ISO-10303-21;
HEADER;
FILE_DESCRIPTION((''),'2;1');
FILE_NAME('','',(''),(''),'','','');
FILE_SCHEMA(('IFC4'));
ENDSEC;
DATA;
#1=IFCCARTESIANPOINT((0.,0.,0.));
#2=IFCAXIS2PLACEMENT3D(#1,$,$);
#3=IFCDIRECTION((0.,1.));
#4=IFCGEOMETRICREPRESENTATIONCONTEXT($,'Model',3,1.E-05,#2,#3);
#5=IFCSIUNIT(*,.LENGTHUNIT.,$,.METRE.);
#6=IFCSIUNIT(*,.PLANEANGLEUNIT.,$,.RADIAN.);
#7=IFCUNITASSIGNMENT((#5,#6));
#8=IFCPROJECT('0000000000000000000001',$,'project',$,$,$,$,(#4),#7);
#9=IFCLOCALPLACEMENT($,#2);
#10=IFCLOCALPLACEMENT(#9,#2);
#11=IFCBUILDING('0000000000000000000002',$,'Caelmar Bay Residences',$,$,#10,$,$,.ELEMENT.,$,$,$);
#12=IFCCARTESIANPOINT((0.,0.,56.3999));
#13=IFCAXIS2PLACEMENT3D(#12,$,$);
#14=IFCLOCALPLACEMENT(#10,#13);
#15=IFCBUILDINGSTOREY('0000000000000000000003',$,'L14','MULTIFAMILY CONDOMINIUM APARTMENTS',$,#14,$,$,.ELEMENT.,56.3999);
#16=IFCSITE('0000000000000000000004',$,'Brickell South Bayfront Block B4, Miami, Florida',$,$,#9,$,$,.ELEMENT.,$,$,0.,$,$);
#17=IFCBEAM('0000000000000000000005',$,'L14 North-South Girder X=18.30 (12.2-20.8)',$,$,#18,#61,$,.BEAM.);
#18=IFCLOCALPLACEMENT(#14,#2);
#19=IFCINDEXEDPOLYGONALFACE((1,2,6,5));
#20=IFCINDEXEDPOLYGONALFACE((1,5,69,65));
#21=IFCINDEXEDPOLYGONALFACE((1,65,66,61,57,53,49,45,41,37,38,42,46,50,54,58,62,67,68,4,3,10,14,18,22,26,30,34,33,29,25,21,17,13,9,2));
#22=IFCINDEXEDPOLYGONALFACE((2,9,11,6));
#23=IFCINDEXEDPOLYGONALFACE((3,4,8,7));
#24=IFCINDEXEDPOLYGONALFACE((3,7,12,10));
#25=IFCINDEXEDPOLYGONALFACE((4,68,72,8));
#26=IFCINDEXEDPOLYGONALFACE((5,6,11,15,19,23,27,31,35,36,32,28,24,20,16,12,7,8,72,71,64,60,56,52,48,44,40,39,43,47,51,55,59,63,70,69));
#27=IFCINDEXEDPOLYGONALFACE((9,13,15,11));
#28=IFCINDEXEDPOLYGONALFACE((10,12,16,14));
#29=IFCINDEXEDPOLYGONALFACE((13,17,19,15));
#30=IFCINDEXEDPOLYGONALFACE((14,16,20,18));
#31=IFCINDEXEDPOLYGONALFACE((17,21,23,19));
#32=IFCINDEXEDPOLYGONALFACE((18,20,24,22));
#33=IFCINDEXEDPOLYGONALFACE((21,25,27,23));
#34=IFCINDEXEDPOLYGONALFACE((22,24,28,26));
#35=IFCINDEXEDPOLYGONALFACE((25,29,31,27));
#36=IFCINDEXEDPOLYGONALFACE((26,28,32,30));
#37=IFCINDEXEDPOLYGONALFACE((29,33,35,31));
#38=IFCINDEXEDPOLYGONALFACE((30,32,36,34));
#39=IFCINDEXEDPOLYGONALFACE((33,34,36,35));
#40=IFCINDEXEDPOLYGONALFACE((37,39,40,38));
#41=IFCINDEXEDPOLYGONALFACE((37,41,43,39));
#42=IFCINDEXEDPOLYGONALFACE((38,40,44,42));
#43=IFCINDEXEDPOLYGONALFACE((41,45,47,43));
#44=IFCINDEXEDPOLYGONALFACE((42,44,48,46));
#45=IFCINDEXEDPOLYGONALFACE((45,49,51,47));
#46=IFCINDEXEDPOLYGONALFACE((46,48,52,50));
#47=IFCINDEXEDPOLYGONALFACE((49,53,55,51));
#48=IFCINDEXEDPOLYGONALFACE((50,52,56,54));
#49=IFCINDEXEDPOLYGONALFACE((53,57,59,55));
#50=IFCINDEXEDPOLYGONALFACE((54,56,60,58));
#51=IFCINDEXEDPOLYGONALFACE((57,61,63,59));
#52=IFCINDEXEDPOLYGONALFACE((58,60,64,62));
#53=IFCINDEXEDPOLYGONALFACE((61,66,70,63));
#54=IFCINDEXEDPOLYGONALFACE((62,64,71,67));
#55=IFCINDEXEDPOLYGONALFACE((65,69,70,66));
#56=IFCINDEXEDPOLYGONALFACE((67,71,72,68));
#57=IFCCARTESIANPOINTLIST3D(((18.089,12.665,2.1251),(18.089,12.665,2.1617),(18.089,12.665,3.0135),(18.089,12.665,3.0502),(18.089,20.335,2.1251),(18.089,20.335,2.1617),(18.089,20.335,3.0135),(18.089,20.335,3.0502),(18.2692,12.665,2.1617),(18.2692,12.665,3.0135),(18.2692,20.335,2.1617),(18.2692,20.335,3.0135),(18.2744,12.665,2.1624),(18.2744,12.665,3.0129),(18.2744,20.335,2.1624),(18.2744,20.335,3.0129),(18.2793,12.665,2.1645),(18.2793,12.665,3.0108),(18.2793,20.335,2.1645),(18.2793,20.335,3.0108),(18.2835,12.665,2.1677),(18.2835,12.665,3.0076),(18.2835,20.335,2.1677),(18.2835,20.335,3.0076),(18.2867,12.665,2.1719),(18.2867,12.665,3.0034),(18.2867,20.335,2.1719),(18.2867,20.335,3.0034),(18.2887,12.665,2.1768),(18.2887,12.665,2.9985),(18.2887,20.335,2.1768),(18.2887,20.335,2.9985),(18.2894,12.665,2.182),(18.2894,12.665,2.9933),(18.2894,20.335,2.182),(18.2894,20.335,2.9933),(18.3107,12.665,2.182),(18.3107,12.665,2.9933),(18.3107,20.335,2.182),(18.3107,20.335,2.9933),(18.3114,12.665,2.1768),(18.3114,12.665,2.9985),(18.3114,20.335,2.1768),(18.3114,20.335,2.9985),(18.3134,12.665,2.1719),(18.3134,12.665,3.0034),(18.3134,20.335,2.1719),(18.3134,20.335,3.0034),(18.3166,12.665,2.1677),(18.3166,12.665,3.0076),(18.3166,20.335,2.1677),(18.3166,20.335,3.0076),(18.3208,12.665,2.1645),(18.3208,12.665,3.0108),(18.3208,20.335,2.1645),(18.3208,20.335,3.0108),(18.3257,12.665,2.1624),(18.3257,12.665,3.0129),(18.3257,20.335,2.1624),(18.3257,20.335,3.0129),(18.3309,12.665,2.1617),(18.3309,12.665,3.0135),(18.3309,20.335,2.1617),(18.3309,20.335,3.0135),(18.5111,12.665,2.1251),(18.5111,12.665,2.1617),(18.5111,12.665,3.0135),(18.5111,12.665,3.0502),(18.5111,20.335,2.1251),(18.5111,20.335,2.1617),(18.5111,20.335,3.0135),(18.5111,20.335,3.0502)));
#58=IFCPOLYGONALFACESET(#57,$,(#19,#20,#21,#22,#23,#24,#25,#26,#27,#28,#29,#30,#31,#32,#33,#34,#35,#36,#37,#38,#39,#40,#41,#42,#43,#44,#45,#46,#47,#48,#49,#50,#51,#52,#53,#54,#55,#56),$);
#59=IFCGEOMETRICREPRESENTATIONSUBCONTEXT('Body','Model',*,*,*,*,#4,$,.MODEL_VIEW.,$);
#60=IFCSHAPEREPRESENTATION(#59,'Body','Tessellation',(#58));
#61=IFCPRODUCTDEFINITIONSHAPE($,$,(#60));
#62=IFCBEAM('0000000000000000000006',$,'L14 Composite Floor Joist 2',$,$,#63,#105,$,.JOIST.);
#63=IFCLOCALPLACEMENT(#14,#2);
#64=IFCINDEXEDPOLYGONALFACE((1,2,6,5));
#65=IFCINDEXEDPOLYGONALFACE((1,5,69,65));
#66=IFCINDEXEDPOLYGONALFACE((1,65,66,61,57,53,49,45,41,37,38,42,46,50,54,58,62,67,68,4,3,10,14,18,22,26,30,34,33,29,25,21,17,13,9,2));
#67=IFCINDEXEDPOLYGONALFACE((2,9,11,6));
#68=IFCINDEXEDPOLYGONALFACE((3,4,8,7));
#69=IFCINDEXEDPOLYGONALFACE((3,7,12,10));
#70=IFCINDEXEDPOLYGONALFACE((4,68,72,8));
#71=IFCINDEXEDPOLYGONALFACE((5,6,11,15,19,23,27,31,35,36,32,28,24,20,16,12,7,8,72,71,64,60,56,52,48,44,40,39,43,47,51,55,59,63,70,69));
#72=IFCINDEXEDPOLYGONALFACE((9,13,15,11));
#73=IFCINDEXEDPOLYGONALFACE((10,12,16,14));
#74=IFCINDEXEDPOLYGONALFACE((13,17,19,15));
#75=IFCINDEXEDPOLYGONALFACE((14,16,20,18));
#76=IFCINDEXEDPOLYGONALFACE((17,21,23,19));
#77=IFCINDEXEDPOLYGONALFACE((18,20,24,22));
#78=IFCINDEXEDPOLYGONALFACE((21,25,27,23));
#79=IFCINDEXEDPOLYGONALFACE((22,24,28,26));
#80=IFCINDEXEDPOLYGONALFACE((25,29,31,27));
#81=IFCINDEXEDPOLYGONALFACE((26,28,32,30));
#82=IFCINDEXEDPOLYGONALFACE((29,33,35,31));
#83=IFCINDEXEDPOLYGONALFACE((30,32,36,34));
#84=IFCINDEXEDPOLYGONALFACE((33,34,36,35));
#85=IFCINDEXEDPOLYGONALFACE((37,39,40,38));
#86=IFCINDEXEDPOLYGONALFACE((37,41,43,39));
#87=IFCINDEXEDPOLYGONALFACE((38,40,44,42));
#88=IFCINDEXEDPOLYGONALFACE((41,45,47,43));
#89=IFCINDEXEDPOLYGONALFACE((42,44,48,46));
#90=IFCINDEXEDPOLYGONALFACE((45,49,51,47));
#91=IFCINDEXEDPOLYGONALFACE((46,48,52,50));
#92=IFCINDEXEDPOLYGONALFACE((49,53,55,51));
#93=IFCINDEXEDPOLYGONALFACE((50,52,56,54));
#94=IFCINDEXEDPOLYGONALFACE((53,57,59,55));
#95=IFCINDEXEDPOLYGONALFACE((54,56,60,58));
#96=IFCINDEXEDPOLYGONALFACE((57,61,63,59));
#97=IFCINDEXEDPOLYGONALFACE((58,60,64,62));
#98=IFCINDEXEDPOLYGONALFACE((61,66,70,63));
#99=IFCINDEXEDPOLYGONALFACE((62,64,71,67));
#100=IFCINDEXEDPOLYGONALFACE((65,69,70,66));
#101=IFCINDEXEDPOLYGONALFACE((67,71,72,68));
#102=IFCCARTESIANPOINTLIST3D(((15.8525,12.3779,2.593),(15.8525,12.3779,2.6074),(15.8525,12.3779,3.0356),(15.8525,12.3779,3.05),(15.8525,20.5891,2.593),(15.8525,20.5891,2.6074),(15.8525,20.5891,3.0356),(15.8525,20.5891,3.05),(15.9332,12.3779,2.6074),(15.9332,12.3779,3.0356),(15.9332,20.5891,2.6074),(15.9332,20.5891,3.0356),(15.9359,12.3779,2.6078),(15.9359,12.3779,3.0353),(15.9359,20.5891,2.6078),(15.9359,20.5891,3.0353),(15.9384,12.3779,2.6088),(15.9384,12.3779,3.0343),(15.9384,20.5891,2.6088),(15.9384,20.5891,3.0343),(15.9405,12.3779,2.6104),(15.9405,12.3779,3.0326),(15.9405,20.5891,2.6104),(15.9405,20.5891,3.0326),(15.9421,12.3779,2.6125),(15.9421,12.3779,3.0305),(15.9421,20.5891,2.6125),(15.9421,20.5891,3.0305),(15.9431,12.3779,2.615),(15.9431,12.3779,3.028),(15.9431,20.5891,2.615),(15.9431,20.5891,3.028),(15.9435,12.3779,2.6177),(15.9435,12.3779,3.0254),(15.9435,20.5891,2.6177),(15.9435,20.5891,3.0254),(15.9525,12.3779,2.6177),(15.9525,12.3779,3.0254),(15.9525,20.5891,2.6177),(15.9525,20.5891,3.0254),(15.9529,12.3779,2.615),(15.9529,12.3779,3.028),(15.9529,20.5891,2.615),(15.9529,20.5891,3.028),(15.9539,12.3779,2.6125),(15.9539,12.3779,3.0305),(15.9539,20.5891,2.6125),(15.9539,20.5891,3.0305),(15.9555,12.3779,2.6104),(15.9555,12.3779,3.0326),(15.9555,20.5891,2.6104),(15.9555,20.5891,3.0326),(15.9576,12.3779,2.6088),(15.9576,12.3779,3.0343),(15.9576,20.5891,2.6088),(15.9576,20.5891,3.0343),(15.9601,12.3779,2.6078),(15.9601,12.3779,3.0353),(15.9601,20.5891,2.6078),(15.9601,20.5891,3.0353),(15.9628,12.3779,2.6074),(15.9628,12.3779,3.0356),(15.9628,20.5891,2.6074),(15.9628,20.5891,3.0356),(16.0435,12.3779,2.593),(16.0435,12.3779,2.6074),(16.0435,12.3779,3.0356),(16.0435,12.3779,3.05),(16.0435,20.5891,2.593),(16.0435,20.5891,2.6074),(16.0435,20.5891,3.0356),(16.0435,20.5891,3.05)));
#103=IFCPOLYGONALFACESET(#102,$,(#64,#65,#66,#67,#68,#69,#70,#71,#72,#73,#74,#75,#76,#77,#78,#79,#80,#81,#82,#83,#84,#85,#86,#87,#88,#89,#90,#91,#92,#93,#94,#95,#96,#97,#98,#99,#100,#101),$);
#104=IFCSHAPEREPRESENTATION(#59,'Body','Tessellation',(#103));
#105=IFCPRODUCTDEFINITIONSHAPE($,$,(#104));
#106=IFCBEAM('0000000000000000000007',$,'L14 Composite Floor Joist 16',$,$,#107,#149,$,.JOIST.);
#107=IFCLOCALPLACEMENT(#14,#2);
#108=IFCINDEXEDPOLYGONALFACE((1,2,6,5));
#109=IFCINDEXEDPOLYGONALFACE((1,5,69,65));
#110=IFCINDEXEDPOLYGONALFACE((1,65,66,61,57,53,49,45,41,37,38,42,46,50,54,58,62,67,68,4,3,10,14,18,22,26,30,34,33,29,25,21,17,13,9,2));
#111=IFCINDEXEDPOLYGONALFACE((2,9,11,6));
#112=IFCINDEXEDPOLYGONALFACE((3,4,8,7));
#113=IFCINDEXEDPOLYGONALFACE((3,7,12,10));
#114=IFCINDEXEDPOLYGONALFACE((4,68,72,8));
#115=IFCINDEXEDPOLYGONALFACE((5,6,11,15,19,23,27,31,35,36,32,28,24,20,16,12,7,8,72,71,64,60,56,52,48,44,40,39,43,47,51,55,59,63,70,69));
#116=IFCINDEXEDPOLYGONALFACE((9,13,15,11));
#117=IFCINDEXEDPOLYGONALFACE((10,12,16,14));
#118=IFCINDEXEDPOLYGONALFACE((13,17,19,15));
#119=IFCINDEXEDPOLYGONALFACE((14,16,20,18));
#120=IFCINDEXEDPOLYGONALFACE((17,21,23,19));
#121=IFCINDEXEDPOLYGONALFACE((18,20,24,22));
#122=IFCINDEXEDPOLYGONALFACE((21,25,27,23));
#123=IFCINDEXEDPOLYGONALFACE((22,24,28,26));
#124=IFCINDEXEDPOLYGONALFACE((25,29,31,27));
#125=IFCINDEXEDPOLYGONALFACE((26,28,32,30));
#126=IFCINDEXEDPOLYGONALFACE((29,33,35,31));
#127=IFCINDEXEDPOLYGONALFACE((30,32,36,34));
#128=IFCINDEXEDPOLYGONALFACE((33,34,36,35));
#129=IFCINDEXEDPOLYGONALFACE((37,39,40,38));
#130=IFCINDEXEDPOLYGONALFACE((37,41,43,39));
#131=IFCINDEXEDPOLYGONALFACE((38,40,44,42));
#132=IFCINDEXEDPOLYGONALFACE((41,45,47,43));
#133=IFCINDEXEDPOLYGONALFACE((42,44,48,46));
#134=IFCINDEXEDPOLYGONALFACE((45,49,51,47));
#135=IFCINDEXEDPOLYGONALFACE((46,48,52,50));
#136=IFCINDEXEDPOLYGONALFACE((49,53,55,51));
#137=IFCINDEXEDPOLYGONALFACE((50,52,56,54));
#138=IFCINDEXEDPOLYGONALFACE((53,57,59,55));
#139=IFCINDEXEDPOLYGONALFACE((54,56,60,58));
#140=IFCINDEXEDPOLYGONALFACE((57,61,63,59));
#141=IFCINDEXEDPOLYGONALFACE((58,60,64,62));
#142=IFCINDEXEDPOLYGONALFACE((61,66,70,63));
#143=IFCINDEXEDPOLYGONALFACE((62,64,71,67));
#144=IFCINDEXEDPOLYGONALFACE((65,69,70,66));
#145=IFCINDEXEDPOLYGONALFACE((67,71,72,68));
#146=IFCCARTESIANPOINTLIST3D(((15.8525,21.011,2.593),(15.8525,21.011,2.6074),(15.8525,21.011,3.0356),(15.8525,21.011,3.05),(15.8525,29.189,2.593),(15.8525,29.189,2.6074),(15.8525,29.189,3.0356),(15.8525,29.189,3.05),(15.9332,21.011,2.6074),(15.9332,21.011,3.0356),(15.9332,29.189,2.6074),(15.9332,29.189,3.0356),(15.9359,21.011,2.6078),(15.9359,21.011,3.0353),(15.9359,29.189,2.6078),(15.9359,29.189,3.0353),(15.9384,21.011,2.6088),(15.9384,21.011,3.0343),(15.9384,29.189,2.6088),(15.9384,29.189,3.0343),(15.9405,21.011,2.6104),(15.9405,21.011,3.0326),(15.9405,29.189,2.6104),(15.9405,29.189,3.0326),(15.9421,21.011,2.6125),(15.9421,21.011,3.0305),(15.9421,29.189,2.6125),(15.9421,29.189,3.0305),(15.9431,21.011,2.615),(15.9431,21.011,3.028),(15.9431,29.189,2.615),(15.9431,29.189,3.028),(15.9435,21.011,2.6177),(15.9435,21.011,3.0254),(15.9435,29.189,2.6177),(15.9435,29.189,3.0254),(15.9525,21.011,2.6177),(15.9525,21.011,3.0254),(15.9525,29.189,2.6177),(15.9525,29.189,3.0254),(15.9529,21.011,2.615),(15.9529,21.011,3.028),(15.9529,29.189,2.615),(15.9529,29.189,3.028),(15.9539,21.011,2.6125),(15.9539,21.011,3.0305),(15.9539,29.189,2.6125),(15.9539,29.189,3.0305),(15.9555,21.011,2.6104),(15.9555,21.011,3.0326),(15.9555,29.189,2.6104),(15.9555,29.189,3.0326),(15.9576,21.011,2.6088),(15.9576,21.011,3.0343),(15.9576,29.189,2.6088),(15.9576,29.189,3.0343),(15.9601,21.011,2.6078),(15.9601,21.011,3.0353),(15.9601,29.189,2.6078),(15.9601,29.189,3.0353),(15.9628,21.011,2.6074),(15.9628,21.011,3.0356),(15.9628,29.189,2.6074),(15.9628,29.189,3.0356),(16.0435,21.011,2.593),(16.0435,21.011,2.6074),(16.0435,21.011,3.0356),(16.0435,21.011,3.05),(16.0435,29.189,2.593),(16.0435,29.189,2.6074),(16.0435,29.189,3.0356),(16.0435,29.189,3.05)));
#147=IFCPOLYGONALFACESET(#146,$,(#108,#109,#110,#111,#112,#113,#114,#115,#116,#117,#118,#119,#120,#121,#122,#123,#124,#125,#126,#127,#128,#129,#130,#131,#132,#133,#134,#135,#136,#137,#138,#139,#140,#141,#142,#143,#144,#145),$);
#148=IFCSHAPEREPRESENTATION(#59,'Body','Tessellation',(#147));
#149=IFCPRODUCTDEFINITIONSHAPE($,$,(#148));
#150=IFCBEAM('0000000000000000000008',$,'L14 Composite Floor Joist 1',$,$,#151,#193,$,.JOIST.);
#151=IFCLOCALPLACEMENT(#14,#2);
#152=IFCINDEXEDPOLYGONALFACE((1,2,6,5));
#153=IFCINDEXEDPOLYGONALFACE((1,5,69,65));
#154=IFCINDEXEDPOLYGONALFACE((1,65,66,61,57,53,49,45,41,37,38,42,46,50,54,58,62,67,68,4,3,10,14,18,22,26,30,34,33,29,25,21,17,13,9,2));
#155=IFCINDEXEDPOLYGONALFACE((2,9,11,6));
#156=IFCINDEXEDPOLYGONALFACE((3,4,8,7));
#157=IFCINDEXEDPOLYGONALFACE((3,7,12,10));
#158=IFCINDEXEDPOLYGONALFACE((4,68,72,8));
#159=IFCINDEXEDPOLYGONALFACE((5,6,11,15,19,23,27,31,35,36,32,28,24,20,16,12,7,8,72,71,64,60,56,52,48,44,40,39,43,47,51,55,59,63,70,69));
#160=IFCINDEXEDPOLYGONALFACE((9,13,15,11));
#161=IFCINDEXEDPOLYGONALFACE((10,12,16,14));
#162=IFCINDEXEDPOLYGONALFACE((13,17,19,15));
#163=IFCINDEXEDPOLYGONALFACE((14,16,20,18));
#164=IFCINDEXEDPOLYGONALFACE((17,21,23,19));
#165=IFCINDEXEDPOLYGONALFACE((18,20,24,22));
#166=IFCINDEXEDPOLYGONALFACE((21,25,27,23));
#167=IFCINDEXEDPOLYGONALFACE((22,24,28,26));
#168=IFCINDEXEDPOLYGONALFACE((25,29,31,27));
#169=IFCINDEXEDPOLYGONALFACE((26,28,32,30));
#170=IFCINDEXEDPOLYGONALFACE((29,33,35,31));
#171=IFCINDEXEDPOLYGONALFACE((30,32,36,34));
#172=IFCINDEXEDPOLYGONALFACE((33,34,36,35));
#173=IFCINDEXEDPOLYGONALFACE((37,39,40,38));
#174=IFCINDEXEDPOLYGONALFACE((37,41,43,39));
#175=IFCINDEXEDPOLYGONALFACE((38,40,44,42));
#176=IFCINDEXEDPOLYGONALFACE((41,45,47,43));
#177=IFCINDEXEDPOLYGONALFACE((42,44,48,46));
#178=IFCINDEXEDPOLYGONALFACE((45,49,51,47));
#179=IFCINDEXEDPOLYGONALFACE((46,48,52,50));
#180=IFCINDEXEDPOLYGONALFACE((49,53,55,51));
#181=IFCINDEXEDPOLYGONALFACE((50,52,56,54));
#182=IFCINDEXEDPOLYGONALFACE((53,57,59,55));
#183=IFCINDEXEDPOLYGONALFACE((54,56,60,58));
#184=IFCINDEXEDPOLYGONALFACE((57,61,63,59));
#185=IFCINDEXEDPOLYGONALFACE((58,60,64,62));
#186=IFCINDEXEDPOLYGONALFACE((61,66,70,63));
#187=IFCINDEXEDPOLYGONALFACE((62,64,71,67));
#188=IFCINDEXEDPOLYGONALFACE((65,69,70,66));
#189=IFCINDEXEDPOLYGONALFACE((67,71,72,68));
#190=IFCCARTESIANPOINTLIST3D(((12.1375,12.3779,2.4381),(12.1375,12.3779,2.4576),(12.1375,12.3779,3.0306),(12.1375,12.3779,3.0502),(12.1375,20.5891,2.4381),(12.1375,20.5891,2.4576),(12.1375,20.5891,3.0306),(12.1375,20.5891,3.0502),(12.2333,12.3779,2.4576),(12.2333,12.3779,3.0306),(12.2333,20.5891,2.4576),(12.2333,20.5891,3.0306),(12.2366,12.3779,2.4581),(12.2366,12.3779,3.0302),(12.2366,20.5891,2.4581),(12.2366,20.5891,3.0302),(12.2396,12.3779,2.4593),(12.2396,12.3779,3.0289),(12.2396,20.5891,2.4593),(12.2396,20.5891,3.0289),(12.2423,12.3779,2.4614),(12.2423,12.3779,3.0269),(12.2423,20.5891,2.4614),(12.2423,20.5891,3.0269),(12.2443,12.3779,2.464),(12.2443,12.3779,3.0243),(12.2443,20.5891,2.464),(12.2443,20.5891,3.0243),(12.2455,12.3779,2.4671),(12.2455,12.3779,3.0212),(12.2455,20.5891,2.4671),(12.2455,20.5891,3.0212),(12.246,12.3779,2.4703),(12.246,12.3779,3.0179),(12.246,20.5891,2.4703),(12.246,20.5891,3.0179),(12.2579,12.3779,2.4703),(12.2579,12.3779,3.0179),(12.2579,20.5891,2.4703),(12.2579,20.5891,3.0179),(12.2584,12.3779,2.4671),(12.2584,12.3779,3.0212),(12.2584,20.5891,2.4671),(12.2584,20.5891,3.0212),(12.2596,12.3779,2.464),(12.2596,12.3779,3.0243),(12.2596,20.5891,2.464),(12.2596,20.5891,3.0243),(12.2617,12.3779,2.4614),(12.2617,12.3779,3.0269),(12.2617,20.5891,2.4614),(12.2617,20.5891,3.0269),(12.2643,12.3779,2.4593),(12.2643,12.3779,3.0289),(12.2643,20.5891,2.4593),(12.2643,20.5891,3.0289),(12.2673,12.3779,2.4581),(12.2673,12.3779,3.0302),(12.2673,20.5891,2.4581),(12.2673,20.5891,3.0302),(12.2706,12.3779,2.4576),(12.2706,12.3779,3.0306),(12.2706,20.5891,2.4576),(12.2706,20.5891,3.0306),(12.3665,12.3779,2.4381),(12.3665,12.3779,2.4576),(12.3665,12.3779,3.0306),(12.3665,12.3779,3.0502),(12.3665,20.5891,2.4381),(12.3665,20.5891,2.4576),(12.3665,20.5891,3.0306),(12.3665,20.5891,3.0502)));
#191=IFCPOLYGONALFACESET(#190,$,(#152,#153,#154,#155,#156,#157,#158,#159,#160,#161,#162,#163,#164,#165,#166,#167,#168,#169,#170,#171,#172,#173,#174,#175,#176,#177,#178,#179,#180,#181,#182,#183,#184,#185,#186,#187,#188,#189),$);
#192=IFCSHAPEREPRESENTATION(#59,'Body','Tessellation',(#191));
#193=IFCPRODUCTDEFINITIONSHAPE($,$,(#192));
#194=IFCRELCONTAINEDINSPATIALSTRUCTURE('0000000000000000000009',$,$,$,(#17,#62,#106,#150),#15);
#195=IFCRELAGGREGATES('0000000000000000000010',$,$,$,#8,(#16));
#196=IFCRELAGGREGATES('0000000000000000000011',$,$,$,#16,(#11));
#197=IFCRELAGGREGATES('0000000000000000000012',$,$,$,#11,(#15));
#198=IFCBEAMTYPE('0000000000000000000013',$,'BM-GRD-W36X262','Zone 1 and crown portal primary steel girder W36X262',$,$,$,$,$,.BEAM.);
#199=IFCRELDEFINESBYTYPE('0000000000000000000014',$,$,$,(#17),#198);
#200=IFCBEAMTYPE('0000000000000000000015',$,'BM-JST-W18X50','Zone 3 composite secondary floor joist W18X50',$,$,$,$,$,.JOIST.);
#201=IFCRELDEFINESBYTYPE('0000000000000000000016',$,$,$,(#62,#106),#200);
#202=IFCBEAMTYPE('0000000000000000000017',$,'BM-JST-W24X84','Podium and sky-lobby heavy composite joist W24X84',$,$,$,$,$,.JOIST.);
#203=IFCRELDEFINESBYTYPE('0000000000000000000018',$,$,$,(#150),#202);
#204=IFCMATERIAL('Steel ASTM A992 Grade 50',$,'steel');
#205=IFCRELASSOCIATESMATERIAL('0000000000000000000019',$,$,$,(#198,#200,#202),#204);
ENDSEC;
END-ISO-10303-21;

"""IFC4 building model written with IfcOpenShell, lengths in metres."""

from ifc_helpers import new_model, si_unit, direction, frame, origin, origin_2d, place, context, subcontext, project, spatial, i_section, extrude, material, material_profile, profile_set, type_object, element, save


model = new_model("IFC4")

# Units and contexts
model_context = context("Model", 3, precision=1e-05, world=origin(), true_north=direction((0.0, 1.0)))
body_context = subcontext(model_context, "Body", "Model", "MODEL_VIEW")
ifc_project = project(units=[si_unit("LENGTHUNIT", "METRE"), si_unit("PLANEANGLEUNIT", "RADIAN")], contexts=[model_context])

# Site, building, storey
site_placement = place(None, origin())
site = spatial("IfcSite", under=ifc_project, at=site_placement, Name="Brickell South Bayfront Block B4, Miami, Florida", CompositionType="ELEMENT", RefElevation=0.0)
building_placement = place(site_placement, origin())
building = spatial("IfcBuilding", under=site, at=building_placement, Name="Caelmar Bay Residences", CompositionType="ELEMENT")
storey_placement = place(building_placement, frame((0.0, 0.0, 56.3999)))
storey = spatial("IfcBuildingStorey", under=building, at=storey_placement, Name="L14", Description="MULTIFAMILY CONDOMINIUM APARTMENTS", CompositionType="ELEMENT", Elevation=56.3999)

# Beams
ifc_material_1 = material(Name="Steel ASTM A992 Grade 50", Category="steel")
ifc_material_profile_1 = material_profile(ifc_material_1, i_section(OverallWidth=0.4221, OverallDepth=0.925, WebThickness=0.0212, FlangeThickness=0.0366, FilletRadius=0.0203, at=origin_2d()), Name="W36X262")
ifc_profile_set_1 = profile_set([ifc_material_profile_1], Name="Steel ASTM A992 Grade 50")
beam_type_1 = type_object("IfcBeamType", Name="BM-GRD-W36X262", Description="Zone 1 and crown portal primary steel girder W36X262", PredefinedType="BEAM", material=ifc_profile_set_1)
beam_1_placement = place(storey_placement, frame((18.3, 12.665, 2.5876), z_axis=(0.0, 1.0, 0.0), x_axis=(-1.0, 0.0, 0.0)))
element("IfcBeam", 1, at=beam_1_placement, inside=storey, type_object=beam_type_1, Name="L14 North-South Girder X=18.30 (12.2-20.8)", PredefinedType="BEAM", context=body_context, shape_type="SweptSolid", body=[
    extrude(i_section(OverallWidth=0.4221, OverallDepth=0.925, WebThickness=0.0212, FlangeThickness=0.0366, FilletRadius=0.0203, at=origin_2d()), origin(), (0.0, 0.0, 1.0), 7.6699),
])
ifc_material_profile_2 = material_profile(ifc_material_1, i_section(OverallWidth=0.1909, OverallDepth=0.457, WebThickness=0.009, FlangeThickness=0.0144, FilletRadius=0.0103, at=origin_2d()), Name="W18X50")
ifc_profile_set_2 = profile_set([ifc_material_profile_2], Name="Steel ASTM A992 Grade 50")
beam_type_2 = type_object("IfcBeamType", Name="BM-JST-W18X50", Description="Zone 3 composite secondary floor joist W18X50", PredefinedType="JOIST", material=ifc_profile_set_2)
beam_2_placement = place(storey_placement, frame((15.948, 12.3779, 2.8215), z_axis=(0.0, 1.0, 0.0), x_axis=(-1.0, 0.0, 0.0)))
element("IfcBeam", 2, at=beam_2_placement, inside=storey, type_object=beam_type_2, Name="L14 Composite Floor Joist 2", PredefinedType="JOIST", context=body_context, shape_type="SweptSolid", body=[
    extrude(i_section(OverallWidth=0.1909, OverallDepth=0.457, WebThickness=0.009, FlangeThickness=0.0144, FilletRadius=0.0103, at=origin_2d()), origin(), (0.0, 0.0, 1.0), 8.2112),
])
beam_3_placement = place(storey_placement, frame((15.948, 21.011, 2.8215), z_axis=(0.0, 1.0, 0.0), x_axis=(-1.0, 0.0, 0.0)))
element("IfcBeam", 3, at=beam_3_placement, inside=storey, type_object=beam_type_2, Name="L14 Composite Floor Joist 16", PredefinedType="JOIST", context=body_context, shape_type="SweptSolid", body=[
    extrude(i_section(OverallWidth=0.1909, OverallDepth=0.457, WebThickness=0.009, FlangeThickness=0.0144, FilletRadius=0.0103, at=origin_2d()), origin(), (0.0, 0.0, 1.0), 8.178),
])
ifc_material_profile_3 = material_profile(ifc_material_1, i_section(OverallWidth=0.229, OverallDepth=0.6121, WebThickness=0.012, FlangeThickness=0.0195, FilletRadius=0.0127, at=origin_2d()), Name="W24X84")
ifc_profile_set_3 = profile_set([ifc_material_profile_3], Name="Steel ASTM A992 Grade 50")
beam_type_3 = type_object("IfcBeamType", Name="BM-JST-W24X84", Description="Podium and sky-lobby heavy composite joist W24X84", PredefinedType="JOIST", material=ifc_profile_set_3)
beam_4_placement = place(storey_placement, frame((12.252, 12.3779, 2.7441), z_axis=(0.0, 1.0, 0.0), x_axis=(-1.0, 0.0, 0.0)))
element("IfcBeam", 4, at=beam_4_placement, inside=storey, type_object=beam_type_3, Name="L14 Composite Floor Joist 1", PredefinedType="JOIST", context=body_context, shape_type="SweptSolid", body=[
    extrude(i_section(OverallWidth=0.229, OverallDepth=0.6121, WebThickness=0.012, FlangeThickness=0.0195, FilletRadius=0.0127, at=origin_2d()), origin(), (0.0, 0.0, 1.0), 8.2112),
])

save(model, "model.ifc")
